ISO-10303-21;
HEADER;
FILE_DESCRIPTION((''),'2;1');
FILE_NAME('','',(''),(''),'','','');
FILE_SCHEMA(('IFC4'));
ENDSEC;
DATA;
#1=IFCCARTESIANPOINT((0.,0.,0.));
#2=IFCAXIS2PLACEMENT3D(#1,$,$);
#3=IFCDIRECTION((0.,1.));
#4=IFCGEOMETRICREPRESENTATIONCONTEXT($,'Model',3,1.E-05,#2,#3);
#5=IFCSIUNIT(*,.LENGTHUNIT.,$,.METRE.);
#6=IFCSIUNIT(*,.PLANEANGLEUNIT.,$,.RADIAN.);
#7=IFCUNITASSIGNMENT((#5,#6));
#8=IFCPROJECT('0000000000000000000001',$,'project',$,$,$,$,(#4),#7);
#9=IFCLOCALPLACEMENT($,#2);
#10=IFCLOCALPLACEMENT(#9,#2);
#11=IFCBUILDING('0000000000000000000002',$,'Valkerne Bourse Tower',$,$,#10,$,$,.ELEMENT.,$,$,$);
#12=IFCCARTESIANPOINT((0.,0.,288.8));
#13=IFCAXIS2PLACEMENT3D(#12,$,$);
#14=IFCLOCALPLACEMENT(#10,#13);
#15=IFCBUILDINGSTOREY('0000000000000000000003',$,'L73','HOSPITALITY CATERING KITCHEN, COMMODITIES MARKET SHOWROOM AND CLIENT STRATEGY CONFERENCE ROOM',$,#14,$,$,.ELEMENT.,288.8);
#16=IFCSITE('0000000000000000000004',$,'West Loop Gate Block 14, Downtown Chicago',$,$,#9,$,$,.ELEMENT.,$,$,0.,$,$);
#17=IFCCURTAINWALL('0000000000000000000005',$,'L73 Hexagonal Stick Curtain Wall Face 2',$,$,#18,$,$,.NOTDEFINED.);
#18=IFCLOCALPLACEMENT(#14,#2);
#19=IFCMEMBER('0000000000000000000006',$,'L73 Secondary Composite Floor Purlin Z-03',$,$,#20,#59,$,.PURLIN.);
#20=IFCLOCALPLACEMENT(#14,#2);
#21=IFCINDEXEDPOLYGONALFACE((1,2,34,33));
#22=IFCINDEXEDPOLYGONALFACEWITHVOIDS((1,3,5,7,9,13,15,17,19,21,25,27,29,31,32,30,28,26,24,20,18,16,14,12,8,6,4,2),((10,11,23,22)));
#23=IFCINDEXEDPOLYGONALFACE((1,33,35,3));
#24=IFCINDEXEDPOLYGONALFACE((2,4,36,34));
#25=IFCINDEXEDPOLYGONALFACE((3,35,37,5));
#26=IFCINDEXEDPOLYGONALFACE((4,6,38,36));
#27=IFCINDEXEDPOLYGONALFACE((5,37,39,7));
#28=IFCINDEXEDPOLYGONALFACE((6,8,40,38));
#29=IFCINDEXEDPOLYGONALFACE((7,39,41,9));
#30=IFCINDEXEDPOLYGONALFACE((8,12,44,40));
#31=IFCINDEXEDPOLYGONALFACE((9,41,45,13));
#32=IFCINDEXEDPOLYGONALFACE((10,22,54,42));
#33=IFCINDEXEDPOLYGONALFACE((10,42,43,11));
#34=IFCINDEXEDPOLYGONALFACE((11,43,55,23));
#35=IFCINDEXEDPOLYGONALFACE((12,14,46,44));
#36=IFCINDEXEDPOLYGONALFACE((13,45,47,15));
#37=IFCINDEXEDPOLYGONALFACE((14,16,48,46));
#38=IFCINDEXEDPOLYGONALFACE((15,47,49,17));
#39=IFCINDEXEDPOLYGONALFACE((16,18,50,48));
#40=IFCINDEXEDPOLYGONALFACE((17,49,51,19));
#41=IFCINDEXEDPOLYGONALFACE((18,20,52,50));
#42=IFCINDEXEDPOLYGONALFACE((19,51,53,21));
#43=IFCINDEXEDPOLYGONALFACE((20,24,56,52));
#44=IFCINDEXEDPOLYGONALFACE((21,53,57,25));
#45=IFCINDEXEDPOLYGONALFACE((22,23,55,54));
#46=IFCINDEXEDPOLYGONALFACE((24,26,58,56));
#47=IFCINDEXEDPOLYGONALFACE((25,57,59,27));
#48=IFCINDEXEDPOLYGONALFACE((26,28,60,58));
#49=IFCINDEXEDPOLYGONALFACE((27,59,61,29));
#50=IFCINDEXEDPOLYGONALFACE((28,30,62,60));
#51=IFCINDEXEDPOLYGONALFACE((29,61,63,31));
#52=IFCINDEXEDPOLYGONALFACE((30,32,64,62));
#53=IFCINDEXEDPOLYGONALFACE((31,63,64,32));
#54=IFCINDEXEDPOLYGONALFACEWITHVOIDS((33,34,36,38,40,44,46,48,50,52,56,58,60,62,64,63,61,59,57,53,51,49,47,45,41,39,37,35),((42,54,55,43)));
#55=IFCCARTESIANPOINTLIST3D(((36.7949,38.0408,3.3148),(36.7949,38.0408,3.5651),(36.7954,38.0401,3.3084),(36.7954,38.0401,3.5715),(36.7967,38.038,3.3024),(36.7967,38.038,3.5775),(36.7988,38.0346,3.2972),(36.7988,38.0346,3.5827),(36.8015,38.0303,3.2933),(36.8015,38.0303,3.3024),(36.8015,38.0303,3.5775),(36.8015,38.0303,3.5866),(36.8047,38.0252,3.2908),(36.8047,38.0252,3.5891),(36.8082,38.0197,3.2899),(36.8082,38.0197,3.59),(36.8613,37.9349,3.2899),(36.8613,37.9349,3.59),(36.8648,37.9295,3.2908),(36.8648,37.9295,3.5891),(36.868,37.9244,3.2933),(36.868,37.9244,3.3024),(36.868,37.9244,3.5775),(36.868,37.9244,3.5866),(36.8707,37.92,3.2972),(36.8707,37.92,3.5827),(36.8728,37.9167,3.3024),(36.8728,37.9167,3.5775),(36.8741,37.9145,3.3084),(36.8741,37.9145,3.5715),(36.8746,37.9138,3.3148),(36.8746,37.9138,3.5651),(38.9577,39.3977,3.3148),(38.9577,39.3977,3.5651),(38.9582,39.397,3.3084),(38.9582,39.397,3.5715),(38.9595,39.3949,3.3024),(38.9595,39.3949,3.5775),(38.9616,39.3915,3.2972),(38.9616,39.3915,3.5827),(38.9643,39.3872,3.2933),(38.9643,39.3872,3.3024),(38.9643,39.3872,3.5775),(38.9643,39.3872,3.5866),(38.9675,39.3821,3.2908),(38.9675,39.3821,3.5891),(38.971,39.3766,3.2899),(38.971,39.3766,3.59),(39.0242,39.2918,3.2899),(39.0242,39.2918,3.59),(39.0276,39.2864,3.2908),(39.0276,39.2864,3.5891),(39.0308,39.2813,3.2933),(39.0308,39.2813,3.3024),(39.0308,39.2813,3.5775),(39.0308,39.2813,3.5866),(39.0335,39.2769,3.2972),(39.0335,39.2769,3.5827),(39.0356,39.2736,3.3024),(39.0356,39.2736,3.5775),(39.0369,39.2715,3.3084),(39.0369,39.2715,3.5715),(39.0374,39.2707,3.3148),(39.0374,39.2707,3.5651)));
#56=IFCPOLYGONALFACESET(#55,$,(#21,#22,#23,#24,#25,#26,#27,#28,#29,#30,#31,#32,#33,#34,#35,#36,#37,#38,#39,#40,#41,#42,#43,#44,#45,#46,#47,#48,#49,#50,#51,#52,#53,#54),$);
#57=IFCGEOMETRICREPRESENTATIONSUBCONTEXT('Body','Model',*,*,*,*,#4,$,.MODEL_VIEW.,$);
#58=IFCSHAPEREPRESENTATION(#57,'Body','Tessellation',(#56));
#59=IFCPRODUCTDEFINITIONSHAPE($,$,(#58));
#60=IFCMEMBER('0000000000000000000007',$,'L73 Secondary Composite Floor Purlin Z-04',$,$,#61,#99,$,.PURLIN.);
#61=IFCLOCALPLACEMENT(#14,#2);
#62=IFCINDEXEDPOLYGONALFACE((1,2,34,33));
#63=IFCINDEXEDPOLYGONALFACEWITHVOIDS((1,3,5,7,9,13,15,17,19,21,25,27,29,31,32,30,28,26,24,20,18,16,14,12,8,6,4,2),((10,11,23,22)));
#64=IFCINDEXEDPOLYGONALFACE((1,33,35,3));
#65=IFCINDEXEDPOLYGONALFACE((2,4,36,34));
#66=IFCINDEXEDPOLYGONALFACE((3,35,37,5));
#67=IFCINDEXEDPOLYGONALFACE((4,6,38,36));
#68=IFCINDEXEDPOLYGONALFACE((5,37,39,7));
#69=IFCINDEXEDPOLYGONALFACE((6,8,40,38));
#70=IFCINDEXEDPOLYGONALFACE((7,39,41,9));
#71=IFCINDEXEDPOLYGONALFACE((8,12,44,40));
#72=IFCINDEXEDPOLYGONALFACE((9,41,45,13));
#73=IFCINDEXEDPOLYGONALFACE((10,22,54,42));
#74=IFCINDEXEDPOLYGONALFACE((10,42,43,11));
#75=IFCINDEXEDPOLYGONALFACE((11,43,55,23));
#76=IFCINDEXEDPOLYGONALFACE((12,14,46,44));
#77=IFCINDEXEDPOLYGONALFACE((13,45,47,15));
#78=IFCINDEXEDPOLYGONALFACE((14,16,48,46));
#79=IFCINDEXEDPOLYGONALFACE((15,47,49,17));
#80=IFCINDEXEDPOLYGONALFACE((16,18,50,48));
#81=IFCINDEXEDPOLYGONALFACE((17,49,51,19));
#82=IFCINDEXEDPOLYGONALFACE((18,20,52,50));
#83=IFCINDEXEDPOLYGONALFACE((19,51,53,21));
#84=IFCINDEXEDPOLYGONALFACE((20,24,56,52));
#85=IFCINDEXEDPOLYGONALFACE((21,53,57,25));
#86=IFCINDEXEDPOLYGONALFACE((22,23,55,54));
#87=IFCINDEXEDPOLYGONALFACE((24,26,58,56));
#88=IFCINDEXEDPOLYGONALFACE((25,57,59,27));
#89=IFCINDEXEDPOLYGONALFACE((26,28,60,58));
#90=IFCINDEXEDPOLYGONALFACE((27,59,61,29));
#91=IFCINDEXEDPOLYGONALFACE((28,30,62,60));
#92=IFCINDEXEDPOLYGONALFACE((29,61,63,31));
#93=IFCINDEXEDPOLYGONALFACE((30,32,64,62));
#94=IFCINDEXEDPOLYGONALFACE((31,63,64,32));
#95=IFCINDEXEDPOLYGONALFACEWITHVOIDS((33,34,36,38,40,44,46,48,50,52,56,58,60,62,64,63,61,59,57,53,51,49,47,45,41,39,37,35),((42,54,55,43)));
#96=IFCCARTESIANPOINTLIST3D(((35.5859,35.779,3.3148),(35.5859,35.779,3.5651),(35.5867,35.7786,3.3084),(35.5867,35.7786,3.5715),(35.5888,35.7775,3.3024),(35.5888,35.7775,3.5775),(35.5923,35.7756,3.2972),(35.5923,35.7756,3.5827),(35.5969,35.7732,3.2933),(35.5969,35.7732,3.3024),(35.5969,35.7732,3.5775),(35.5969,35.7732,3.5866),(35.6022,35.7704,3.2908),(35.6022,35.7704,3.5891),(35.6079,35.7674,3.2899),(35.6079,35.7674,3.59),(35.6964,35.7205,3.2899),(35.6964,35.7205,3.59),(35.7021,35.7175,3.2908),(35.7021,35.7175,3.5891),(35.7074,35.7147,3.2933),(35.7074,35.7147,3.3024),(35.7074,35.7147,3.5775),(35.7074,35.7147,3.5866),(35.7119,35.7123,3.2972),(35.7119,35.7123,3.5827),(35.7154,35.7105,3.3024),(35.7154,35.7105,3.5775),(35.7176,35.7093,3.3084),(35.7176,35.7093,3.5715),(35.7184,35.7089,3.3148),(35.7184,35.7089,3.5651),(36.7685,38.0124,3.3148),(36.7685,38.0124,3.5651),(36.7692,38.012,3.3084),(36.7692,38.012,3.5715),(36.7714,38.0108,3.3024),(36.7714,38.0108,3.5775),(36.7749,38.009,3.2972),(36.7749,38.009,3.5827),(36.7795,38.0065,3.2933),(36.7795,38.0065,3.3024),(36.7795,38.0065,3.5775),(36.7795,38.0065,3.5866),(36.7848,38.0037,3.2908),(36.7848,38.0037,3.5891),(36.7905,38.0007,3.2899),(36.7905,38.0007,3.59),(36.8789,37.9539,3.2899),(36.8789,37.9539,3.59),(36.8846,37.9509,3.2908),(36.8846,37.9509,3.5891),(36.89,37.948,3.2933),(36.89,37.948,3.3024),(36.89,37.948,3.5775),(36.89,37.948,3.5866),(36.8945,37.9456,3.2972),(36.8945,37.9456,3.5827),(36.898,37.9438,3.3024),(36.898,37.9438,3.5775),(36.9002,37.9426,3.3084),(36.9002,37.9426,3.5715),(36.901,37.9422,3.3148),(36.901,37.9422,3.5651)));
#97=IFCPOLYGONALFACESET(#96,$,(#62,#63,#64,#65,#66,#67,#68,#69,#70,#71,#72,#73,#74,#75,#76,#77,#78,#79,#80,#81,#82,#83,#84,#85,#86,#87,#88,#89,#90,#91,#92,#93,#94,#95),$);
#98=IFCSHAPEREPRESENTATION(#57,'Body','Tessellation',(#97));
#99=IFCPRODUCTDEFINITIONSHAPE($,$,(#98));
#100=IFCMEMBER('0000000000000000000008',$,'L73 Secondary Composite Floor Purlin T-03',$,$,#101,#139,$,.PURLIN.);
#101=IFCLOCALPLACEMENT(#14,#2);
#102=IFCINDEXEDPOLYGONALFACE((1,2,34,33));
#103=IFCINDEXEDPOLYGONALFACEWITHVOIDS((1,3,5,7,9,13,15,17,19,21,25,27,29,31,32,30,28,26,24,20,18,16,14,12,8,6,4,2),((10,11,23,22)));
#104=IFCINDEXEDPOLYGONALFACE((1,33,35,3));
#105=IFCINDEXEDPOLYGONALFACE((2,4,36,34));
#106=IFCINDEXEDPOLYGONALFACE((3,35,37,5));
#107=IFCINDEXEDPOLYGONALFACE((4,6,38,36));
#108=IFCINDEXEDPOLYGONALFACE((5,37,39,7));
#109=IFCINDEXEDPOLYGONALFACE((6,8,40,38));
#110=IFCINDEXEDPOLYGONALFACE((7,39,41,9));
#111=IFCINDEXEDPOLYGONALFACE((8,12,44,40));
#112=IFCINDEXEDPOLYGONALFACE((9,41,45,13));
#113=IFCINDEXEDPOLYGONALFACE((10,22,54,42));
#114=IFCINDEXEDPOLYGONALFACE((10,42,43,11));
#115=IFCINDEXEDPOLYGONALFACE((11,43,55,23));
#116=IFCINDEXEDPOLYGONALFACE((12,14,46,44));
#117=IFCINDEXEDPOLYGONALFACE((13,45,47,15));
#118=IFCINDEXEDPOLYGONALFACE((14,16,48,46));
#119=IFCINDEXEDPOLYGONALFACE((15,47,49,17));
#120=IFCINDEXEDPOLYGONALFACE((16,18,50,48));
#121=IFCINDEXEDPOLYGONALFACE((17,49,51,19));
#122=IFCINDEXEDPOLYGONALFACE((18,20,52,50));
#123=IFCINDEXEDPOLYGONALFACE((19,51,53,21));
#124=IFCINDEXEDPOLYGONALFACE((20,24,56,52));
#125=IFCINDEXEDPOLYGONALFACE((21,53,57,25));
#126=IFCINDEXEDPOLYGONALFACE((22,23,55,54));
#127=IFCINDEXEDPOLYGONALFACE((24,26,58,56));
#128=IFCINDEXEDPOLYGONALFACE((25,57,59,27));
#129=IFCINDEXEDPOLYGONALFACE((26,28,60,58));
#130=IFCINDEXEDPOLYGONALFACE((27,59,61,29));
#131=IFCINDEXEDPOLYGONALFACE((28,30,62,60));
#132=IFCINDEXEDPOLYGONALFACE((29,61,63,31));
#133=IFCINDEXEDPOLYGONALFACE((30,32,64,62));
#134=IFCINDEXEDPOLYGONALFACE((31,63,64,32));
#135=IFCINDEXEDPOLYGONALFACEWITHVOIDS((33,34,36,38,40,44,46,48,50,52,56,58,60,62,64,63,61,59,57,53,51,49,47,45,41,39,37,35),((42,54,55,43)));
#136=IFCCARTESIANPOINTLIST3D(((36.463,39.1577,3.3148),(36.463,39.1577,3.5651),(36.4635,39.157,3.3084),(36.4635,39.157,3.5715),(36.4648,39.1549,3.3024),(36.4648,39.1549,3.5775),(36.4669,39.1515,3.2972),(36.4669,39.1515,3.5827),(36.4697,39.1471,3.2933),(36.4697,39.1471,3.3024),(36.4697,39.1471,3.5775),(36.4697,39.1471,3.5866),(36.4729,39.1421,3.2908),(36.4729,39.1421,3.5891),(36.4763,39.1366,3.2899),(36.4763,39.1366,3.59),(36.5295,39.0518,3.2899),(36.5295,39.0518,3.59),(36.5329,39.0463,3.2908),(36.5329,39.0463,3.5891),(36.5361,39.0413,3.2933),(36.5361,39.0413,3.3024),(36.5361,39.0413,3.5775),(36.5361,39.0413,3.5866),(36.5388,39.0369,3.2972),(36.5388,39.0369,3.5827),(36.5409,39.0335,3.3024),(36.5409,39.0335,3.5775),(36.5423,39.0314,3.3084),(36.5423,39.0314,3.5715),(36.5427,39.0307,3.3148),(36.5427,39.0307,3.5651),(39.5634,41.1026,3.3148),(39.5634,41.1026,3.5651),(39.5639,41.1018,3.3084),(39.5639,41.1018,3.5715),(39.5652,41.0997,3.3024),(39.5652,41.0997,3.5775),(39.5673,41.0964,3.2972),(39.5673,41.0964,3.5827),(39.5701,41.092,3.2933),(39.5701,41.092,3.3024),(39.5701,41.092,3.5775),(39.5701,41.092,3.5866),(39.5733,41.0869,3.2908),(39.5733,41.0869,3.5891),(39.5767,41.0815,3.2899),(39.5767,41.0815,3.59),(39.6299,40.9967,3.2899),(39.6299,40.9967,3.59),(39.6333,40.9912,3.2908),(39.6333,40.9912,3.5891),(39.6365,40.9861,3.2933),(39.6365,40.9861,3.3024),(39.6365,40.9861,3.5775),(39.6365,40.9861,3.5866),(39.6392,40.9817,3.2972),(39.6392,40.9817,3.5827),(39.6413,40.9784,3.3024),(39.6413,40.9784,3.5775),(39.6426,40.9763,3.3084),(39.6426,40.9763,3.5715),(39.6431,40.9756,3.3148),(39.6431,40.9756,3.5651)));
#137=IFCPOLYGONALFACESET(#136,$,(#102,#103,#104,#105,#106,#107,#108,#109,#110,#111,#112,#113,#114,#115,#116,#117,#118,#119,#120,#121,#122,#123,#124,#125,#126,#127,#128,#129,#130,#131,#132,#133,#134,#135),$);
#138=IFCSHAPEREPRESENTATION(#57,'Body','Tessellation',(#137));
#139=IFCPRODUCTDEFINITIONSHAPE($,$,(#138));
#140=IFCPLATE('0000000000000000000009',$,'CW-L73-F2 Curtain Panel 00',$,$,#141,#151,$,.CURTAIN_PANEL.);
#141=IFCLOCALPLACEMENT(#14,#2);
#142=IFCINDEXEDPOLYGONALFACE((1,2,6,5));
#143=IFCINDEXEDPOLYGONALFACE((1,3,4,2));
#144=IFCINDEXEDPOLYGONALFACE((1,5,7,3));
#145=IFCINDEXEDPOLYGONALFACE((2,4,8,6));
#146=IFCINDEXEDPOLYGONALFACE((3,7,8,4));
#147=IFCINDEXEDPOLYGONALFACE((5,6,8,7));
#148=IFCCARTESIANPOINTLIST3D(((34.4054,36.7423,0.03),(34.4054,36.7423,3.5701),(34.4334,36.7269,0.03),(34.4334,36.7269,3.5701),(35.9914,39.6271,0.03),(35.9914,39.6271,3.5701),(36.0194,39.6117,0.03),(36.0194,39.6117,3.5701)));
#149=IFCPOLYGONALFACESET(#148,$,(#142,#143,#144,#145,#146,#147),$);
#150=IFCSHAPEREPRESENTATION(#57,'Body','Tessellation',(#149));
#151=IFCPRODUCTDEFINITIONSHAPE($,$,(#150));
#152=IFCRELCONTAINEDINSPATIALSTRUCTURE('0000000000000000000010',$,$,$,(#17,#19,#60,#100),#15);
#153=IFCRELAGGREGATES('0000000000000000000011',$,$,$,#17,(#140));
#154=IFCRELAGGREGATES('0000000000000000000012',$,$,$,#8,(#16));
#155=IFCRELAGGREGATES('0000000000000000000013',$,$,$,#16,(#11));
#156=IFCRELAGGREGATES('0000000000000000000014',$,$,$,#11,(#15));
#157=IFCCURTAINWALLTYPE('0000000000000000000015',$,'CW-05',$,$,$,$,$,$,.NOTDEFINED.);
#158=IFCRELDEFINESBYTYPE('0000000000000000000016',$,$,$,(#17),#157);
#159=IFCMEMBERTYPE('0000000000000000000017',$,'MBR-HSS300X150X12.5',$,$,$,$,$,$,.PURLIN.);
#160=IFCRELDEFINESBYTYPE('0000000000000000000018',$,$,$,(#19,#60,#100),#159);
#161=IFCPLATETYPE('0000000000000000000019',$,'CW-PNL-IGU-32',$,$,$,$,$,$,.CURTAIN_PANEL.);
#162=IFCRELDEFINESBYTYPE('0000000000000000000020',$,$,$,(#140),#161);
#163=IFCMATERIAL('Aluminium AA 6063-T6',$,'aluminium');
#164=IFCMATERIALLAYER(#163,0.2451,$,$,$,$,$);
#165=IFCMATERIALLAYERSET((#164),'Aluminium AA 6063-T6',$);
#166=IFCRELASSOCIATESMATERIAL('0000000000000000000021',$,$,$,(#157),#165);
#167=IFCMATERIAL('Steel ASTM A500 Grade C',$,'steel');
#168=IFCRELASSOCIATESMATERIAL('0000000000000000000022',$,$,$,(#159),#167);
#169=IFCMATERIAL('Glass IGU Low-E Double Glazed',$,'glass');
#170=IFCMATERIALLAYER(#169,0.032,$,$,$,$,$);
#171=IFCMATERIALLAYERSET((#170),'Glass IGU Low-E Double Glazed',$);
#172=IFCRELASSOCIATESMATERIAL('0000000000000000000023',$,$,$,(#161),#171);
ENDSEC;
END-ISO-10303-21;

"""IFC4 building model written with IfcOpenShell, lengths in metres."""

from ifc_helpers import new_model, si_unit, direction, frame, origin, origin_2d, place, context, subcontext, project, spatial, rectangle, hollow_rectangle, extrude, material, layer, layer_set, material_profile, profile_set, type_object, element, aggregate, save


model = new_model("IFC4")

# Units and contexts
model_context = context("Model", 3, precision=1e-05, world=origin(), true_north=direction((0.0, 1.0)))
body_context = subcontext(model_context, "Body", "Model", "MODEL_VIEW")
ifc_project = project(units=[si_unit("LENGTHUNIT", "METRE"), si_unit("PLANEANGLEUNIT", "RADIAN")], contexts=[model_context])

# Site, building, storey
site_placement = place(None, origin())
site = spatial("IfcSite", under=ifc_project, at=site_placement, Name="West Loop Gate Block 14, Downtown Chicago", CompositionType="ELEMENT", RefElevation=0.0)
building_placement = place(site_placement, origin())
building = spatial("IfcBuilding", under=site, at=building_placement, Name="Valkerne Bourse Tower", CompositionType="ELEMENT")
storey_placement = place(building_placement, frame((0.0, 0.0, 288.8)))
storey = spatial("IfcBuildingStorey", under=building, at=storey_placement, Name="L73", Description="HOSPITALITY CATERING KITCHEN, COMMODITIES MARKET SHOWROOM AND CLIENT STRATEGY CONFERENCE ROOM", CompositionType="ELEMENT", Elevation=288.8)

# Curtain wall
ifc_material_1 = material(Name="Aluminium AA 6063-T6", Category="aluminium")
ifc_layer_1 = layer(ifc_material_1, 0.2451)
ifc_layer_set_1 = layer_set([ifc_layer_1], Name="Aluminium AA 6063-T6")
curtain_wall_type = type_object("IfcCurtainWallType", Name="CW-05", PredefinedType="NOTDEFINED", material=ifc_layer_set_1)
curtain_wall_placement = place(storey_placement, origin())
curtain_wall = element("IfcCurtainWall", 1, at=curtain_wall_placement, inside=storey, type_object=curtain_wall_type, Name="L73 Hexagonal Stick Curtain Wall Face 2", PredefinedType="NOTDEFINED")

# Members
ifc_material_2 = material(Name="Steel ASTM A500 Grade C", Category="steel")
ifc_material_profile_1 = material_profile(ifc_material_2, hollow_rectangle(XDim=0.1499, YDim=0.3, WallThickness=0.0125, OuterFilletRadius=0.0249, at=origin_2d()), Name="HSS300X150X12.5")
ifc_profile_set_1 = profile_set([ifc_material_profile_1], Name="Steel ASTM A500 Grade C")
member_type_1 = type_object("IfcMemberType", Name="MBR-HSS300X150X12.5", PredefinedType="PURLIN", material=ifc_profile_set_1)
member_1_placement = place(storey_placement, frame((38.9976, 39.3342, 3.4399), z_axis=(-0.847089, -0.531451, 0.0), x_axis=(0.531451, -0.847089, 0.0)))
element("IfcMember", 2, at=member_1_placement, inside=storey, type_object=member_type_1, Name="L73 Secondary Composite Floor Purlin Z-03", PredefinedType="PURLIN", context=body_context, shape_type="SweptSolid", body=[
    extrude(hollow_rectangle(XDim=0.1499, YDim=0.3, WallThickness=0.0125, OuterFilletRadius=0.0249, at=origin_2d()), origin(), (0.0, 0.0, 1.0), 2.5532),
])
member_2_placement = place(storey_placement, frame((36.8347, 37.9773, 3.4399), z_axis=(-0.467959, -0.88375, 0.0), x_axis=(0.88375, -0.467959, 0.0)))
element("IfcMember", 3, at=member_2_placement, inside=storey, type_object=member_type_1, Name="L73 Secondary Composite Floor Purlin Z-04", PredefinedType="PURLIN", context=body_context, shape_type="SweptSolid", body=[
    extrude(hollow_rectangle(XDim=0.1499, YDim=0.3, WallThickness=0.0125, OuterFilletRadius=0.0249, at=origin_2d()), origin(), (0.0, 0.0, 1.0), 2.5271),
])
member_3_placement = place(storey_placement, frame((39.6033, 41.0391, 3.4399), z_axis=(-0.847124, -0.531395, 0.0), x_axis=(0.531395, -0.847124, 0.0)))
element("IfcMember", 4, at=member_3_placement, inside=storey, type_object=member_type_1, Name="L73 Secondary Composite Floor Purlin T-03", PredefinedType="PURLIN", context=body_context, shape_type="SweptSolid", body=[
    extrude(hollow_rectangle(XDim=0.1499, YDim=0.3, WallThickness=0.0125, OuterFilletRadius=0.0249, at=origin_2d()), origin(), (0.0, 0.0, 1.0), 3.6599),
])

# Plate
ifc_material_3 = material(Name="Glass IGU Low-E Double Glazed", Category="glass")
ifc_layer_2 = layer(ifc_material_3, 0.032)
ifc_layer_set_2 = layer_set([ifc_layer_2], Name="Glass IGU Low-E Double Glazed")
plate_type = type_object("IfcPlateType", Name="CW-PNL-IGU-32", PredefinedType="CURTAIN_PANEL", material=ifc_layer_set_2)
plate_placement = place(storey_placement, frame((35.2124, 38.177, 0.03), z_axis=(0.0, 0.0, 1.0), x_axis=(-0.481764, -0.876301, 0.0)))
plate = element("IfcPlate", 5, at=plate_placement, type_object=plate_type, Name="CW-L73-F2 Curtain Panel 00", PredefinedType="CURTAIN_PANEL", context=body_context, shape_type="SweptSolid", body=[
    extrude(rectangle(XDim=3.292, YDim=0.032, at=origin_2d()), origin(), (0.0, 0.0, 1.0), 3.54),
])
aggregate(curtain_wall, [plate])

save(model, "model.ifc")
